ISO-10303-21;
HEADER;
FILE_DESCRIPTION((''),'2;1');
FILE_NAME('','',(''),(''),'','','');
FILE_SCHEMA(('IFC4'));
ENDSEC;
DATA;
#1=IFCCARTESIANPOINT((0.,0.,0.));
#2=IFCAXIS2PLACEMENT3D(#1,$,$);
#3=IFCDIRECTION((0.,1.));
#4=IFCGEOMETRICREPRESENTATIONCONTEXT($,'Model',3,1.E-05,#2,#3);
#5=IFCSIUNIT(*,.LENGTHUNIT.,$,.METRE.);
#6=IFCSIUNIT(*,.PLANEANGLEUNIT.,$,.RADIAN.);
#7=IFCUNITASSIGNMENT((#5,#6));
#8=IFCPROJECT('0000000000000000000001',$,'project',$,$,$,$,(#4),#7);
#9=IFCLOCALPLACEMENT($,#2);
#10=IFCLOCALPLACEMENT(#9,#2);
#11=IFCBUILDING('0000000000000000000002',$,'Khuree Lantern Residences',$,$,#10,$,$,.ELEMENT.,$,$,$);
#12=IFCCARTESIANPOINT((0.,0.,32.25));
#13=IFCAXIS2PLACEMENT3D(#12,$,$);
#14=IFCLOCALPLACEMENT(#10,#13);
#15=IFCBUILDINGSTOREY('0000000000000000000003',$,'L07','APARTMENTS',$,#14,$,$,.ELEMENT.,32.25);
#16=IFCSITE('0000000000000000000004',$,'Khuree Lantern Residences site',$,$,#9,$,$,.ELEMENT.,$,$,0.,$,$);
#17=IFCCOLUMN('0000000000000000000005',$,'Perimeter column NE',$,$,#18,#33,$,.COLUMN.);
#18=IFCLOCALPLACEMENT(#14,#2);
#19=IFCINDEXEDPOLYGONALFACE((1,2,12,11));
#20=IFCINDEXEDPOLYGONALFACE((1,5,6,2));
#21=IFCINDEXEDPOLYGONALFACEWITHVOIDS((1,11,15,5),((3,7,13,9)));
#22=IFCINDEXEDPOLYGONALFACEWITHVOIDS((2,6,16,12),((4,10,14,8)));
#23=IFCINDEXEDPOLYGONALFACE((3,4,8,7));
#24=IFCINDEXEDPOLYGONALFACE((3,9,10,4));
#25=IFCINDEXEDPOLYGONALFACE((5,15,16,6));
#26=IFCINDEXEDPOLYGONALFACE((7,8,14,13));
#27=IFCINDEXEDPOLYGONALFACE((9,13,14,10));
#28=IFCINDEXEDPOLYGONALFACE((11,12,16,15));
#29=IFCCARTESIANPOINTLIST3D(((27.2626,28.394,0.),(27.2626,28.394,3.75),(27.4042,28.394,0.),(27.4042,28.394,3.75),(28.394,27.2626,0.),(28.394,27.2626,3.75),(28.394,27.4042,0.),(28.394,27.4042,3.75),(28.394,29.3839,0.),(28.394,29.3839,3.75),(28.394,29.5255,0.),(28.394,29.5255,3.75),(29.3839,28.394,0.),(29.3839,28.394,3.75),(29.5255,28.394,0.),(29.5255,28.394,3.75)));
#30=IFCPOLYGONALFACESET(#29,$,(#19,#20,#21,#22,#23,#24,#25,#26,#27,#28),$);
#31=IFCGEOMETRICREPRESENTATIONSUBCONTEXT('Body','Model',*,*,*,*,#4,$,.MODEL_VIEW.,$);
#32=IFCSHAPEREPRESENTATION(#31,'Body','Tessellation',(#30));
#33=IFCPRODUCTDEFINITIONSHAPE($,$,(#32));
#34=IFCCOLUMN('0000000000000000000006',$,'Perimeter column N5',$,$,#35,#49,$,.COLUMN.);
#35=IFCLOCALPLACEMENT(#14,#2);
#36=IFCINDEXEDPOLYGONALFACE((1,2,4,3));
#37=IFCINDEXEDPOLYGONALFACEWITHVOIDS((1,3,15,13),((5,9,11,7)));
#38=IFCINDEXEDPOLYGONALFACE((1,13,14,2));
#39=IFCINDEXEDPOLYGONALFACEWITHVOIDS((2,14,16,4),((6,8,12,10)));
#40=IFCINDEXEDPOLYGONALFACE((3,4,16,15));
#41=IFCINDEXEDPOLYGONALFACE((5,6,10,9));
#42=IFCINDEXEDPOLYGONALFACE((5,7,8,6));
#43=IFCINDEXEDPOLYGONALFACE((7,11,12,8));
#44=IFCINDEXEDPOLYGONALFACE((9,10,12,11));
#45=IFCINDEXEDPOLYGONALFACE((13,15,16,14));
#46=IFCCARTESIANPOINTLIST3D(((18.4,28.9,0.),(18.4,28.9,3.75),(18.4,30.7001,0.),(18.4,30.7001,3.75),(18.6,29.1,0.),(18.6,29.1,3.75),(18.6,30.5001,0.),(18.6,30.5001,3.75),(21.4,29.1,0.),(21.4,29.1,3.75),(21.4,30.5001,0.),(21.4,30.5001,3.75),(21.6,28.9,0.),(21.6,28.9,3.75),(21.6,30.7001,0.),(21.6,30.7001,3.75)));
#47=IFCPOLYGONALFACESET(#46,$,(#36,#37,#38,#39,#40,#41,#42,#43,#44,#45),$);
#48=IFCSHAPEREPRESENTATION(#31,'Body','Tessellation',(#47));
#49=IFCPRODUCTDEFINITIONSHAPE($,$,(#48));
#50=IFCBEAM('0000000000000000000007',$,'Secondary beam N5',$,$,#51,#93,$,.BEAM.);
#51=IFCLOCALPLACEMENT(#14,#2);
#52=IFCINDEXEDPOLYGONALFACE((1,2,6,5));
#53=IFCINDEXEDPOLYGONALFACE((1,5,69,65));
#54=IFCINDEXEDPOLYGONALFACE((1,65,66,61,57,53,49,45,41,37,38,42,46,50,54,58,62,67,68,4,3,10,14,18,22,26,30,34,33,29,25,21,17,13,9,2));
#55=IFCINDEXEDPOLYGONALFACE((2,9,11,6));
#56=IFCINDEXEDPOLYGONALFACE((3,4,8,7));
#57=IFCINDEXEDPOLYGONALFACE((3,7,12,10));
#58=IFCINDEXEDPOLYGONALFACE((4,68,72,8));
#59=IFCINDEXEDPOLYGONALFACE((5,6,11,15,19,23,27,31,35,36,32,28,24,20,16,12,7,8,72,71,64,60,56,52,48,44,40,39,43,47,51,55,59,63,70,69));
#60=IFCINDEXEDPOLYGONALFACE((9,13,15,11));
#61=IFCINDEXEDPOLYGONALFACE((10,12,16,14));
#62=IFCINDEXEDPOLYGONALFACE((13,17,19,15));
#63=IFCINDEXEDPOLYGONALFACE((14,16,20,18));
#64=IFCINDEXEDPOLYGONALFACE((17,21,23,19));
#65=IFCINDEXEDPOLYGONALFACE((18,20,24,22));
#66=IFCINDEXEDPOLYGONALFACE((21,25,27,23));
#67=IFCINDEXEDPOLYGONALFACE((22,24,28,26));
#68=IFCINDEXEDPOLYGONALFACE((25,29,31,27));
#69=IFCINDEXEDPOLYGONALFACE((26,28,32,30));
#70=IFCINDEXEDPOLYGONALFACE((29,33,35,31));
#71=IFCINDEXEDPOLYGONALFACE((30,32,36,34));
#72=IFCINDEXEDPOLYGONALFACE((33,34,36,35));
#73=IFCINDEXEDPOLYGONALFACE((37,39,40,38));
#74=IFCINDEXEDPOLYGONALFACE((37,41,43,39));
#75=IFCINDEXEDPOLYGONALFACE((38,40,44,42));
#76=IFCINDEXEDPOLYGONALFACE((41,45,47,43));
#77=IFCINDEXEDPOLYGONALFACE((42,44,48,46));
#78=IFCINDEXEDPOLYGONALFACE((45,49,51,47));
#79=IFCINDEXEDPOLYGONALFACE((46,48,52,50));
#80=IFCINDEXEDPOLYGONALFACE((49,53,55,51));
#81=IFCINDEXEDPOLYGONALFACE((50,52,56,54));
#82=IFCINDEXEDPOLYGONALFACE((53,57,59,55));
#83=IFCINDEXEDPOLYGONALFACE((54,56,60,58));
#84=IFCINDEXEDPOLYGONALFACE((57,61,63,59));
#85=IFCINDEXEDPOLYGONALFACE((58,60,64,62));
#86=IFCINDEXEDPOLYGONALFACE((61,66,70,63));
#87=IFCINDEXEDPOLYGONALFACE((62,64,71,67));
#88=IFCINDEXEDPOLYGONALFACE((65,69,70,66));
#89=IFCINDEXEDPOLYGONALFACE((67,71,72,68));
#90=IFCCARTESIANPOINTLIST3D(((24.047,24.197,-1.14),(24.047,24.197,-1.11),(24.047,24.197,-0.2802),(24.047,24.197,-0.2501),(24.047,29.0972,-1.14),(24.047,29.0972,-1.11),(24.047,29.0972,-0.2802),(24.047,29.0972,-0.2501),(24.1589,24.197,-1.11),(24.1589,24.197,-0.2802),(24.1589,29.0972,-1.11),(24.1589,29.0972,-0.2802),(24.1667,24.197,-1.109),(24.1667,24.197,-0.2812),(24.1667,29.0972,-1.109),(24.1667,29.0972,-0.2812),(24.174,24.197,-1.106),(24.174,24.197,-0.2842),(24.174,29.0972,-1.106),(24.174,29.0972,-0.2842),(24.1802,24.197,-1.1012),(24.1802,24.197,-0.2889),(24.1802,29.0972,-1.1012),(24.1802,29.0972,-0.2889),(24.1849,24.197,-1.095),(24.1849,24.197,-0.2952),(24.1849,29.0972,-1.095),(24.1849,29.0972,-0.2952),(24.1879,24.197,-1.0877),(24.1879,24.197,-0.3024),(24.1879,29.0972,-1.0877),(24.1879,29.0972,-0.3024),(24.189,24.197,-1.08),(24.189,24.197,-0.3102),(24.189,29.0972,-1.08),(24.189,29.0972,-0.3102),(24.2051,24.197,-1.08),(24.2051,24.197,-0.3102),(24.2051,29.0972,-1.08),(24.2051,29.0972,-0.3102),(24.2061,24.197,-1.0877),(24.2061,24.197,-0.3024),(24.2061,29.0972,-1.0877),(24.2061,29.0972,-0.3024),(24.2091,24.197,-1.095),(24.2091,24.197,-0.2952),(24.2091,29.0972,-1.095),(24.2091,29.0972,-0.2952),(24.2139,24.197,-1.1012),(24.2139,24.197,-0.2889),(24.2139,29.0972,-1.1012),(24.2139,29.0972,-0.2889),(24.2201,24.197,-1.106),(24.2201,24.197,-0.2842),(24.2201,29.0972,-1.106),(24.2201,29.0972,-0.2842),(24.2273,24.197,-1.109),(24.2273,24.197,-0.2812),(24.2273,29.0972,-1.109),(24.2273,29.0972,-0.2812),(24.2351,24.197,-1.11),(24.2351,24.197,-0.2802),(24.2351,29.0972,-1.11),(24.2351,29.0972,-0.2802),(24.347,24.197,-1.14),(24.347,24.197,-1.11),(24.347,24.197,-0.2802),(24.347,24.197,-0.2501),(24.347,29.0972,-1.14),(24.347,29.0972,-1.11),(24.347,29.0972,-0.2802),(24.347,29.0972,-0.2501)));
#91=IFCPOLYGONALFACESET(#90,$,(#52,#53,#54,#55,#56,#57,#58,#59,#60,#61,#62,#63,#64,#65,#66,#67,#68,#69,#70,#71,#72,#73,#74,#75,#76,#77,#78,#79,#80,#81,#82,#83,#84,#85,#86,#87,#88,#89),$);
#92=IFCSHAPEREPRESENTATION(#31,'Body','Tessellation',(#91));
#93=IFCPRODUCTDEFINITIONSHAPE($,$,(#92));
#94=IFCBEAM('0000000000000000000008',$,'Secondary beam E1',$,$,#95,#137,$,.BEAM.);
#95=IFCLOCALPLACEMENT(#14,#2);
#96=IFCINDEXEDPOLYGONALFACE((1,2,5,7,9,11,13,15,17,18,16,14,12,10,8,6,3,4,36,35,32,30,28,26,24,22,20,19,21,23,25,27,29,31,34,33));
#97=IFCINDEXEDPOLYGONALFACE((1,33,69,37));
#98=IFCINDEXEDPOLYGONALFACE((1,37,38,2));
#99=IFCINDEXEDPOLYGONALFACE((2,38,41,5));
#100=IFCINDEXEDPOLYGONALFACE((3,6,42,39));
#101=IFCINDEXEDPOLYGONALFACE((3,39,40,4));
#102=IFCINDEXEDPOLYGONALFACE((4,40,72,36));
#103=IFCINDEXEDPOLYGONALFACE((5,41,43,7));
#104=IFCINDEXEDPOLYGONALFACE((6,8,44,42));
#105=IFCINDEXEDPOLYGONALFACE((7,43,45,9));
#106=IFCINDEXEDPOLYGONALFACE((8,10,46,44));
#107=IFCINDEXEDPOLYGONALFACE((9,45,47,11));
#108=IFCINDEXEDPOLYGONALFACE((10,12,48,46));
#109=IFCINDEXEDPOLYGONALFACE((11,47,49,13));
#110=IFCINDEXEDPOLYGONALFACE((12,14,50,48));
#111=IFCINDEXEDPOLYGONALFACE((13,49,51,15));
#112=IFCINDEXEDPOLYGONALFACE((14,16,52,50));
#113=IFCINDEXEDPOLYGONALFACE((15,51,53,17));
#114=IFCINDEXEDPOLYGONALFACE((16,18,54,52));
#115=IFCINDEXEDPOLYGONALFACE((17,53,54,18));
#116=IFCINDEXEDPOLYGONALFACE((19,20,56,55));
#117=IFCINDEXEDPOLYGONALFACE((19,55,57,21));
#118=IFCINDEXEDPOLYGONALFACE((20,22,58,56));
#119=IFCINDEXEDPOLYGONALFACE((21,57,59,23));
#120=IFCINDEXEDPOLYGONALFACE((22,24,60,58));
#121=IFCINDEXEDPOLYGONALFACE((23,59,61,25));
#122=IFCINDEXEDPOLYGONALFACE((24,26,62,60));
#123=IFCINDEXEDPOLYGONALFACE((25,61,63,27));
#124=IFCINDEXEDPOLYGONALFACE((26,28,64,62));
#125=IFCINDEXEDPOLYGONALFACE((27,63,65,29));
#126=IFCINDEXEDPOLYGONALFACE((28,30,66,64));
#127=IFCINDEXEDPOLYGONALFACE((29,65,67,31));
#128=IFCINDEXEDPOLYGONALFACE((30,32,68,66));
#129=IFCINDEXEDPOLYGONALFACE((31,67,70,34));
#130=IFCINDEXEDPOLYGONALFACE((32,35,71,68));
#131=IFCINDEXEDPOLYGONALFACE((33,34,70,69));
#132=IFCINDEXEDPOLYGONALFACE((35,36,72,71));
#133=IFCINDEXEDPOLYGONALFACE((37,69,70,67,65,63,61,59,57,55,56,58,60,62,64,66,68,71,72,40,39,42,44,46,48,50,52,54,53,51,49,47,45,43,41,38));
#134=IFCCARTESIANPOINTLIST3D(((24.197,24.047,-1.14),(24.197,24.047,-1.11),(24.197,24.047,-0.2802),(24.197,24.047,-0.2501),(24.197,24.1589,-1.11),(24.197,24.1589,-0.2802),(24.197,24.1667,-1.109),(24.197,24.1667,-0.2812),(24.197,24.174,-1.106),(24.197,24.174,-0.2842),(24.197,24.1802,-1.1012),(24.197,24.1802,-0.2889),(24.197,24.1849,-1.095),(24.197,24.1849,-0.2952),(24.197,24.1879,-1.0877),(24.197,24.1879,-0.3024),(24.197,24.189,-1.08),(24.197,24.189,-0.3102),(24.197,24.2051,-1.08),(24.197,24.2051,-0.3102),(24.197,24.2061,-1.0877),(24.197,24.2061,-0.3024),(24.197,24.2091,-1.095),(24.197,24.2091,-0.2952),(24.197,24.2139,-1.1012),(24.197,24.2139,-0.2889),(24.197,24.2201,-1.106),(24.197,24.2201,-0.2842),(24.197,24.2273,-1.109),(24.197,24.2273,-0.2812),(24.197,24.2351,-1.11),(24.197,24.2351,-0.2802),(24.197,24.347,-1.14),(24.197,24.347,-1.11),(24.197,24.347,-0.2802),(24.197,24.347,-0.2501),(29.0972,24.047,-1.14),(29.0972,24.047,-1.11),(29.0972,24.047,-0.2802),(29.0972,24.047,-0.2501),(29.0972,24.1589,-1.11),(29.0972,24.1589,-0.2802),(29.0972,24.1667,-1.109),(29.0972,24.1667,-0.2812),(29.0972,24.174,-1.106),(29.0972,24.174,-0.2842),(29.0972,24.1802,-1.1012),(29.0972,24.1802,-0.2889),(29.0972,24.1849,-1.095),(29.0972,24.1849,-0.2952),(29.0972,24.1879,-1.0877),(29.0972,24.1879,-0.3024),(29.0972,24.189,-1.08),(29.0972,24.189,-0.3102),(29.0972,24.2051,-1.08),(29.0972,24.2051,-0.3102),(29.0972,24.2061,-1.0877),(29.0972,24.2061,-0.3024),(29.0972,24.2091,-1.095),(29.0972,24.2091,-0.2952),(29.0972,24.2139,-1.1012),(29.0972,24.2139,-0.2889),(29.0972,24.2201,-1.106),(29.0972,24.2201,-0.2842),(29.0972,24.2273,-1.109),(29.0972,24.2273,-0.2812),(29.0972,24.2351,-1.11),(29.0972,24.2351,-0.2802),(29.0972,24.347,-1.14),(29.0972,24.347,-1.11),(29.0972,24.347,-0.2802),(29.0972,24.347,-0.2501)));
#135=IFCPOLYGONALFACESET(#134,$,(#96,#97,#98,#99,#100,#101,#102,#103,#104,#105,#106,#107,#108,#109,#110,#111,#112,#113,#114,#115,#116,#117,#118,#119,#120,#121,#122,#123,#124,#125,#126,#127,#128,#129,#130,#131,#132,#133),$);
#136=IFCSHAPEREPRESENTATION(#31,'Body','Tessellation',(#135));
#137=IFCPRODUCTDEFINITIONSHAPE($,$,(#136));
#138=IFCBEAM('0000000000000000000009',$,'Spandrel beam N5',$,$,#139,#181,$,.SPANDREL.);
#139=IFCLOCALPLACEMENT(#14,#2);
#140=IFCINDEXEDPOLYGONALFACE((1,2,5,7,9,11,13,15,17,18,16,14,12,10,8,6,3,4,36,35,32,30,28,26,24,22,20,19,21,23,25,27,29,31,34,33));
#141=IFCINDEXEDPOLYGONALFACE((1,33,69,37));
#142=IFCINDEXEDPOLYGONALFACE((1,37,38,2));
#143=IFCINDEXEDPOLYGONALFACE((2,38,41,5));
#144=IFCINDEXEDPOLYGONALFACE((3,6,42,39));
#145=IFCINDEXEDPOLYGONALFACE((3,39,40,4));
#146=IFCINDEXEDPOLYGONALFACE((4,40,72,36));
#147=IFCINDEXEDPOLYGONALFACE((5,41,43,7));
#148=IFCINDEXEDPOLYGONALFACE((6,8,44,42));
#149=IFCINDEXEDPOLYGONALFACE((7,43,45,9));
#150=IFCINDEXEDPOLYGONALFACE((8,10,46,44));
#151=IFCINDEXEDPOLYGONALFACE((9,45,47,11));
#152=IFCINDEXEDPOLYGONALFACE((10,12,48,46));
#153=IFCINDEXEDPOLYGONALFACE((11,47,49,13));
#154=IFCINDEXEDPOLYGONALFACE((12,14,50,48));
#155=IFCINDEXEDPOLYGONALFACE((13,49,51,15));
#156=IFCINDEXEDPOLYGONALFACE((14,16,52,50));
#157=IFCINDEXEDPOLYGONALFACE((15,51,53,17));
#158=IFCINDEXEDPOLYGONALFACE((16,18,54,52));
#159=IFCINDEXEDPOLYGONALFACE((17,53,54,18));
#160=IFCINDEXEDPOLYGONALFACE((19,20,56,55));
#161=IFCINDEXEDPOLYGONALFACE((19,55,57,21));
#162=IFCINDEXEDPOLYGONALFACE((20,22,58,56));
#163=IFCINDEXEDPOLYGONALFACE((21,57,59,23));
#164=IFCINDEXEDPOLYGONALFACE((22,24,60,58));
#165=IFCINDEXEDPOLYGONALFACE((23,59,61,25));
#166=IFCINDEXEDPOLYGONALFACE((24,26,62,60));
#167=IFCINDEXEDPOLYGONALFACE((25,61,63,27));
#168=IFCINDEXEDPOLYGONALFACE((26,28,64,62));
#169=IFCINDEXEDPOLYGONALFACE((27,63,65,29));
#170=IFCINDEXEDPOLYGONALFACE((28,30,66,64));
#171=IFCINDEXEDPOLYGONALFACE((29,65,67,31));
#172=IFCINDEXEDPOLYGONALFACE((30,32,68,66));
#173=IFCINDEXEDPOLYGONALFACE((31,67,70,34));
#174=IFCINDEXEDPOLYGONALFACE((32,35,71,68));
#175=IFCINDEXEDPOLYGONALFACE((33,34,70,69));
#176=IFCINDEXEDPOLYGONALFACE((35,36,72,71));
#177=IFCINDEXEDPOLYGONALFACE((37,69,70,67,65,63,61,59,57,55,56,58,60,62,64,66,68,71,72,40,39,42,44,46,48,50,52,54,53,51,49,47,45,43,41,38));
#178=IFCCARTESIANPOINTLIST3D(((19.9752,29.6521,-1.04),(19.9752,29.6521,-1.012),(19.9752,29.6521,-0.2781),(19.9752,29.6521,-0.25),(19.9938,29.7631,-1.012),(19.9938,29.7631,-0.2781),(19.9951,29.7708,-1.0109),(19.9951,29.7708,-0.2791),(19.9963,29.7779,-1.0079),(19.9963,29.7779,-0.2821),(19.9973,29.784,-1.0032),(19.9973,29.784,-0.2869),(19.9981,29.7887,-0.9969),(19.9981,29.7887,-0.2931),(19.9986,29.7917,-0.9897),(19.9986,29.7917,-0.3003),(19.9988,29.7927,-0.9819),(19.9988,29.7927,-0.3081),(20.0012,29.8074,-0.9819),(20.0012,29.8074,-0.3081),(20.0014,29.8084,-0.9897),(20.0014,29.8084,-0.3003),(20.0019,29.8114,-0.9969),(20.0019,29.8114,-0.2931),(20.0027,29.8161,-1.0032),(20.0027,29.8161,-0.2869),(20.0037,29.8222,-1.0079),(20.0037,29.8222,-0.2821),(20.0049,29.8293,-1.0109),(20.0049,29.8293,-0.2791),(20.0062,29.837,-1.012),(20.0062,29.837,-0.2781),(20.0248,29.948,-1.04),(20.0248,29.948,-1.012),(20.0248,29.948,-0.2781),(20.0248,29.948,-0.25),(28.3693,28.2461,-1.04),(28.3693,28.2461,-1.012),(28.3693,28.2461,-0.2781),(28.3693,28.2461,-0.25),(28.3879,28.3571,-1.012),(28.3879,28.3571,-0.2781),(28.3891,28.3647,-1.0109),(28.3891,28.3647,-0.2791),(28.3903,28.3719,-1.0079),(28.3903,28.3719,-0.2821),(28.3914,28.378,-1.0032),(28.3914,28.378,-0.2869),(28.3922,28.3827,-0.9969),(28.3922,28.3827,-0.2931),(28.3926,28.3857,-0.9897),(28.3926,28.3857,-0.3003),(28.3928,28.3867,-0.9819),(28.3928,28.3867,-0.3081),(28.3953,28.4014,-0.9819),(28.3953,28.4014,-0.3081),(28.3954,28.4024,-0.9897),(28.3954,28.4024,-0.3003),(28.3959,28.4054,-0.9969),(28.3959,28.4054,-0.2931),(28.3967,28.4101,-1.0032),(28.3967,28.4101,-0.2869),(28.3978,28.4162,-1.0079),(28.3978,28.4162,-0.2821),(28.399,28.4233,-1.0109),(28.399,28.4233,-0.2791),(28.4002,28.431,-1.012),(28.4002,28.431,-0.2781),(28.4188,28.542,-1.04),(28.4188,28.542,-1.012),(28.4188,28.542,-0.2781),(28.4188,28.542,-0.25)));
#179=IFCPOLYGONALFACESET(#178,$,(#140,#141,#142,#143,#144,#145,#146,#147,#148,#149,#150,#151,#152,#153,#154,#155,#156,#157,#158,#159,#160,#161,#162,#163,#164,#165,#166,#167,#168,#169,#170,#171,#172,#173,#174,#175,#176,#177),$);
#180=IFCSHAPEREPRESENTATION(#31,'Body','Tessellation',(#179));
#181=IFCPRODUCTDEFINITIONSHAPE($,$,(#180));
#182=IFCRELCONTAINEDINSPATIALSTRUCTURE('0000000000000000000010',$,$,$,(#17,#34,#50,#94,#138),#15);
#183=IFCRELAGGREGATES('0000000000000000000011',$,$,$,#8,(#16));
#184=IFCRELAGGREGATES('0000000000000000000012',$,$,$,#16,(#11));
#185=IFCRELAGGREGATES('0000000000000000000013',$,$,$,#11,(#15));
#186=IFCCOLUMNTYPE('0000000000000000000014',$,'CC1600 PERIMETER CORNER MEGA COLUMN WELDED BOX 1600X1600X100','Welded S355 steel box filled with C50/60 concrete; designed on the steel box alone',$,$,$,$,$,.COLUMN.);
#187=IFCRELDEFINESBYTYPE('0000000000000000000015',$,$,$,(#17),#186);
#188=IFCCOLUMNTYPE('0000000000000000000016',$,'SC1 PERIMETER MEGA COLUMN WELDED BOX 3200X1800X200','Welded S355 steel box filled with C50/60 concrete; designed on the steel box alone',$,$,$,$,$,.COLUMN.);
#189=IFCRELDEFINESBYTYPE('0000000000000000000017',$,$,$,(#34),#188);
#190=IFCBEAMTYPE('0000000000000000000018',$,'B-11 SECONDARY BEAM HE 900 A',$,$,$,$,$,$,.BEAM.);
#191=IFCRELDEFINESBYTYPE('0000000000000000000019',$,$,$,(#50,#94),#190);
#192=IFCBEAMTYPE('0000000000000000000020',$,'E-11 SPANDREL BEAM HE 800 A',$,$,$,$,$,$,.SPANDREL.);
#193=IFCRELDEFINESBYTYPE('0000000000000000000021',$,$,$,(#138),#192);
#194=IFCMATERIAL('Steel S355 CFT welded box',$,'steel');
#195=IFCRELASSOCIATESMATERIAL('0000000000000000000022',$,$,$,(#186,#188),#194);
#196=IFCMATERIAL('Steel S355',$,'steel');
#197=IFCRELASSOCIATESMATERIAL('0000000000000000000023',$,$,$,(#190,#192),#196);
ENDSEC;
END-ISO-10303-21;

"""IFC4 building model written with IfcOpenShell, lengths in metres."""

from ifc_helpers import new_model, si_unit, direction, frame, origin, origin_2d, place, context, subcontext, project, spatial, hollow_rectangle, i_section, extrude, material, material_profile, profile_set, type_object, element, save


model = new_model("IFC4")

# Units and contexts
model_context = context("Model", 3, precision=1e-05, world=origin(), true_north=direction((0.0, 1.0)))
body_context = subcontext(model_context, "Body", "Model", "MODEL_VIEW")
ifc_project = project(units=[si_unit("LENGTHUNIT", "METRE"), si_unit("PLANEANGLEUNIT", "RADIAN")], contexts=[model_context])

# Site, building, storey
site_placement = place(None, origin())
site = spatial("IfcSite", under=ifc_project, at=site_placement, Name="Khuree Lantern Residences site", CompositionType="ELEMENT", RefElevation=0.0)
building_placement = place(site_placement, origin())
building = spatial("IfcBuilding", under=site, at=building_placement, Name="Khuree Lantern Residences", CompositionType="ELEMENT")
storey_placement = place(building_placement, frame((0.0, 0.0, 32.25)))
storey = spatial("IfcBuildingStorey", under=building, at=storey_placement, Name="L07", Description="APARTMENTS", CompositionType="ELEMENT", Elevation=32.25)

# Columns
ifc_material_1 = material(Name="Steel S355 CFT welded box", Category="steel")
ifc_material_profile_1 = material_profile(ifc_material_1, hollow_rectangle(XDim=1.6001, YDim=1.6001, WallThickness=0.1001, at=origin_2d()), Name="WELDED BOX 1600X1600X100")
ifc_profile_set_1 = profile_set([ifc_material_profile_1], Name="Steel S355 CFT welded box")
column_type_1 = type_object("IfcColumnType", Name="CC1600 PERIMETER CORNER MEGA COLUMN WELDED BOX 1600X1600X100", Description="Welded S355 steel box filled with C50/60 concrete; designed on the steel box alone", PredefinedType="COLUMN", material=ifc_profile_set_1)
column_1_placement = place(storey_placement, frame((28.394, 28.394, 0.0), z_axis=(0.0, 0.0, 1.0), x_axis=(0.707107, -0.707107, 0.0)))
element("IfcColumn", 1, at=column_1_placement, inside=storey, type_object=column_type_1, Name="Perimeter column NE", PredefinedType="COLUMN", context=body_context, shape_type="SweptSolid", body=[
    extrude(hollow_rectangle(XDim=1.6001, YDim=1.6001, WallThickness=0.1001, at=origin_2d()), origin(), (0.0, 0.0, 1.0), 3.75),
])
ifc_material_profile_2 = material_profile(ifc_material_1, hollow_rectangle(XDim=3.2, YDim=1.8, WallThickness=0.2, at=origin_2d()), Name="WELDED BOX 3200X1800X200")
ifc_profile_set_2 = profile_set([ifc_material_profile_2], Name="Steel S355 CFT welded box")
column_type_2 = type_object("IfcColumnType", Name="SC1 PERIMETER MEGA COLUMN WELDED BOX 3200X1800X200", Description="Welded S355 steel box filled with C50/60 concrete; designed on the steel box alone", PredefinedType="COLUMN", material=ifc_profile_set_2)
column_2_placement = place(storey_placement, frame((20.0, 29.8, 0.0), z_axis=(0.0, 0.0, 1.0), x_axis=(1.0, 0.0, 0.0)))
element("IfcColumn", 2, at=column_2_placement, inside=storey, type_object=column_type_2, Name="Perimeter column N5", PredefinedType="COLUMN", context=body_context, shape_type="SweptSolid", body=[
    extrude(hollow_rectangle(XDim=3.2, YDim=1.8, WallThickness=0.2, at=origin_2d()), origin(), (0.0, 0.0, 1.0), 3.75),
])

# Beams
ifc_material_2 = material(Name="Steel S355", Category="steel")
ifc_material_profile_3 = material_profile(ifc_material_2, i_section(OverallWidth=0.3, OverallDepth=0.8899, WebThickness=0.0161, FlangeThickness=0.03, FilletRadius=0.03, at=origin_2d()), Name="HE 900 A")
ifc_profile_set_3 = profile_set([ifc_material_profile_3], Name="Steel S355")
beam_type_1 = type_object("IfcBeamType", Name="B-11 SECONDARY BEAM HE 900 A", PredefinedType="BEAM", material=ifc_profile_set_3)
for number, where, z_axis, x_axis, name in (
    (3, (24.197, 29.0972, -0.6951), (0.0, -1.0, 0.0), (1.0, 0.0, 0.0), "Secondary beam N5"),
    (4, (29.0972, 24.197, -0.6951), (-1.0, 0.0, 0.0), (0.0, -1.0, 0.0), "Secondary beam E1"),
):
    element("IfcBeam", number, at=place(storey_placement, frame(where, z_axis=z_axis, x_axis=x_axis)), inside=storey, type_object=beam_type_1, Name=name, PredefinedType="BEAM", context=body_context, shape_type="SweptSolid", body=[
        extrude(i_section(OverallWidth=0.3, OverallDepth=0.8899, WebThickness=0.0161, FlangeThickness=0.03, FilletRadius=0.03, at=origin_2d()), origin(), (0.0, 0.0, 1.0), 4.9001),
    ])
ifc_material_profile_4 = material_profile(ifc_material_2, i_section(OverallWidth=0.3, OverallDepth=0.79, WebThickness=0.0149, FlangeThickness=0.0281, FilletRadius=0.03, at=origin_2d()), Name="HE 800 A")
ifc_profile_set_4 = profile_set([ifc_material_profile_4], Name="Steel S355")
beam_type_2 = type_object("IfcBeamType", Name="E-11 SPANDREL BEAM HE 800 A", PredefinedType="SPANDREL", material=ifc_profile_set_4)
for number, where, z_axis, x_axis, name in (
    (5, (20.0, 29.8, -0.645), (0.98626, -0.165199, 0.0), (0.165199, 0.98626, 0.0), "Spandrel beam N5"),
):
    element("IfcBeam", number, at=place(storey_placement, frame(where, z_axis=z_axis, x_axis=x_axis)), inside=storey, type_object=beam_type_2, Name=name, PredefinedType="SPANDREL", context=body_context, shape_type="SweptSolid", body=[
        extrude(i_section(OverallWidth=0.3, OverallDepth=0.79, WebThickness=0.0149, FlangeThickness=0.0281, FilletRadius=0.03, at=origin_2d()), origin(), (0.0, 0.0, 1.0), 8.511),
    ])

save(model, "model.ifc")
